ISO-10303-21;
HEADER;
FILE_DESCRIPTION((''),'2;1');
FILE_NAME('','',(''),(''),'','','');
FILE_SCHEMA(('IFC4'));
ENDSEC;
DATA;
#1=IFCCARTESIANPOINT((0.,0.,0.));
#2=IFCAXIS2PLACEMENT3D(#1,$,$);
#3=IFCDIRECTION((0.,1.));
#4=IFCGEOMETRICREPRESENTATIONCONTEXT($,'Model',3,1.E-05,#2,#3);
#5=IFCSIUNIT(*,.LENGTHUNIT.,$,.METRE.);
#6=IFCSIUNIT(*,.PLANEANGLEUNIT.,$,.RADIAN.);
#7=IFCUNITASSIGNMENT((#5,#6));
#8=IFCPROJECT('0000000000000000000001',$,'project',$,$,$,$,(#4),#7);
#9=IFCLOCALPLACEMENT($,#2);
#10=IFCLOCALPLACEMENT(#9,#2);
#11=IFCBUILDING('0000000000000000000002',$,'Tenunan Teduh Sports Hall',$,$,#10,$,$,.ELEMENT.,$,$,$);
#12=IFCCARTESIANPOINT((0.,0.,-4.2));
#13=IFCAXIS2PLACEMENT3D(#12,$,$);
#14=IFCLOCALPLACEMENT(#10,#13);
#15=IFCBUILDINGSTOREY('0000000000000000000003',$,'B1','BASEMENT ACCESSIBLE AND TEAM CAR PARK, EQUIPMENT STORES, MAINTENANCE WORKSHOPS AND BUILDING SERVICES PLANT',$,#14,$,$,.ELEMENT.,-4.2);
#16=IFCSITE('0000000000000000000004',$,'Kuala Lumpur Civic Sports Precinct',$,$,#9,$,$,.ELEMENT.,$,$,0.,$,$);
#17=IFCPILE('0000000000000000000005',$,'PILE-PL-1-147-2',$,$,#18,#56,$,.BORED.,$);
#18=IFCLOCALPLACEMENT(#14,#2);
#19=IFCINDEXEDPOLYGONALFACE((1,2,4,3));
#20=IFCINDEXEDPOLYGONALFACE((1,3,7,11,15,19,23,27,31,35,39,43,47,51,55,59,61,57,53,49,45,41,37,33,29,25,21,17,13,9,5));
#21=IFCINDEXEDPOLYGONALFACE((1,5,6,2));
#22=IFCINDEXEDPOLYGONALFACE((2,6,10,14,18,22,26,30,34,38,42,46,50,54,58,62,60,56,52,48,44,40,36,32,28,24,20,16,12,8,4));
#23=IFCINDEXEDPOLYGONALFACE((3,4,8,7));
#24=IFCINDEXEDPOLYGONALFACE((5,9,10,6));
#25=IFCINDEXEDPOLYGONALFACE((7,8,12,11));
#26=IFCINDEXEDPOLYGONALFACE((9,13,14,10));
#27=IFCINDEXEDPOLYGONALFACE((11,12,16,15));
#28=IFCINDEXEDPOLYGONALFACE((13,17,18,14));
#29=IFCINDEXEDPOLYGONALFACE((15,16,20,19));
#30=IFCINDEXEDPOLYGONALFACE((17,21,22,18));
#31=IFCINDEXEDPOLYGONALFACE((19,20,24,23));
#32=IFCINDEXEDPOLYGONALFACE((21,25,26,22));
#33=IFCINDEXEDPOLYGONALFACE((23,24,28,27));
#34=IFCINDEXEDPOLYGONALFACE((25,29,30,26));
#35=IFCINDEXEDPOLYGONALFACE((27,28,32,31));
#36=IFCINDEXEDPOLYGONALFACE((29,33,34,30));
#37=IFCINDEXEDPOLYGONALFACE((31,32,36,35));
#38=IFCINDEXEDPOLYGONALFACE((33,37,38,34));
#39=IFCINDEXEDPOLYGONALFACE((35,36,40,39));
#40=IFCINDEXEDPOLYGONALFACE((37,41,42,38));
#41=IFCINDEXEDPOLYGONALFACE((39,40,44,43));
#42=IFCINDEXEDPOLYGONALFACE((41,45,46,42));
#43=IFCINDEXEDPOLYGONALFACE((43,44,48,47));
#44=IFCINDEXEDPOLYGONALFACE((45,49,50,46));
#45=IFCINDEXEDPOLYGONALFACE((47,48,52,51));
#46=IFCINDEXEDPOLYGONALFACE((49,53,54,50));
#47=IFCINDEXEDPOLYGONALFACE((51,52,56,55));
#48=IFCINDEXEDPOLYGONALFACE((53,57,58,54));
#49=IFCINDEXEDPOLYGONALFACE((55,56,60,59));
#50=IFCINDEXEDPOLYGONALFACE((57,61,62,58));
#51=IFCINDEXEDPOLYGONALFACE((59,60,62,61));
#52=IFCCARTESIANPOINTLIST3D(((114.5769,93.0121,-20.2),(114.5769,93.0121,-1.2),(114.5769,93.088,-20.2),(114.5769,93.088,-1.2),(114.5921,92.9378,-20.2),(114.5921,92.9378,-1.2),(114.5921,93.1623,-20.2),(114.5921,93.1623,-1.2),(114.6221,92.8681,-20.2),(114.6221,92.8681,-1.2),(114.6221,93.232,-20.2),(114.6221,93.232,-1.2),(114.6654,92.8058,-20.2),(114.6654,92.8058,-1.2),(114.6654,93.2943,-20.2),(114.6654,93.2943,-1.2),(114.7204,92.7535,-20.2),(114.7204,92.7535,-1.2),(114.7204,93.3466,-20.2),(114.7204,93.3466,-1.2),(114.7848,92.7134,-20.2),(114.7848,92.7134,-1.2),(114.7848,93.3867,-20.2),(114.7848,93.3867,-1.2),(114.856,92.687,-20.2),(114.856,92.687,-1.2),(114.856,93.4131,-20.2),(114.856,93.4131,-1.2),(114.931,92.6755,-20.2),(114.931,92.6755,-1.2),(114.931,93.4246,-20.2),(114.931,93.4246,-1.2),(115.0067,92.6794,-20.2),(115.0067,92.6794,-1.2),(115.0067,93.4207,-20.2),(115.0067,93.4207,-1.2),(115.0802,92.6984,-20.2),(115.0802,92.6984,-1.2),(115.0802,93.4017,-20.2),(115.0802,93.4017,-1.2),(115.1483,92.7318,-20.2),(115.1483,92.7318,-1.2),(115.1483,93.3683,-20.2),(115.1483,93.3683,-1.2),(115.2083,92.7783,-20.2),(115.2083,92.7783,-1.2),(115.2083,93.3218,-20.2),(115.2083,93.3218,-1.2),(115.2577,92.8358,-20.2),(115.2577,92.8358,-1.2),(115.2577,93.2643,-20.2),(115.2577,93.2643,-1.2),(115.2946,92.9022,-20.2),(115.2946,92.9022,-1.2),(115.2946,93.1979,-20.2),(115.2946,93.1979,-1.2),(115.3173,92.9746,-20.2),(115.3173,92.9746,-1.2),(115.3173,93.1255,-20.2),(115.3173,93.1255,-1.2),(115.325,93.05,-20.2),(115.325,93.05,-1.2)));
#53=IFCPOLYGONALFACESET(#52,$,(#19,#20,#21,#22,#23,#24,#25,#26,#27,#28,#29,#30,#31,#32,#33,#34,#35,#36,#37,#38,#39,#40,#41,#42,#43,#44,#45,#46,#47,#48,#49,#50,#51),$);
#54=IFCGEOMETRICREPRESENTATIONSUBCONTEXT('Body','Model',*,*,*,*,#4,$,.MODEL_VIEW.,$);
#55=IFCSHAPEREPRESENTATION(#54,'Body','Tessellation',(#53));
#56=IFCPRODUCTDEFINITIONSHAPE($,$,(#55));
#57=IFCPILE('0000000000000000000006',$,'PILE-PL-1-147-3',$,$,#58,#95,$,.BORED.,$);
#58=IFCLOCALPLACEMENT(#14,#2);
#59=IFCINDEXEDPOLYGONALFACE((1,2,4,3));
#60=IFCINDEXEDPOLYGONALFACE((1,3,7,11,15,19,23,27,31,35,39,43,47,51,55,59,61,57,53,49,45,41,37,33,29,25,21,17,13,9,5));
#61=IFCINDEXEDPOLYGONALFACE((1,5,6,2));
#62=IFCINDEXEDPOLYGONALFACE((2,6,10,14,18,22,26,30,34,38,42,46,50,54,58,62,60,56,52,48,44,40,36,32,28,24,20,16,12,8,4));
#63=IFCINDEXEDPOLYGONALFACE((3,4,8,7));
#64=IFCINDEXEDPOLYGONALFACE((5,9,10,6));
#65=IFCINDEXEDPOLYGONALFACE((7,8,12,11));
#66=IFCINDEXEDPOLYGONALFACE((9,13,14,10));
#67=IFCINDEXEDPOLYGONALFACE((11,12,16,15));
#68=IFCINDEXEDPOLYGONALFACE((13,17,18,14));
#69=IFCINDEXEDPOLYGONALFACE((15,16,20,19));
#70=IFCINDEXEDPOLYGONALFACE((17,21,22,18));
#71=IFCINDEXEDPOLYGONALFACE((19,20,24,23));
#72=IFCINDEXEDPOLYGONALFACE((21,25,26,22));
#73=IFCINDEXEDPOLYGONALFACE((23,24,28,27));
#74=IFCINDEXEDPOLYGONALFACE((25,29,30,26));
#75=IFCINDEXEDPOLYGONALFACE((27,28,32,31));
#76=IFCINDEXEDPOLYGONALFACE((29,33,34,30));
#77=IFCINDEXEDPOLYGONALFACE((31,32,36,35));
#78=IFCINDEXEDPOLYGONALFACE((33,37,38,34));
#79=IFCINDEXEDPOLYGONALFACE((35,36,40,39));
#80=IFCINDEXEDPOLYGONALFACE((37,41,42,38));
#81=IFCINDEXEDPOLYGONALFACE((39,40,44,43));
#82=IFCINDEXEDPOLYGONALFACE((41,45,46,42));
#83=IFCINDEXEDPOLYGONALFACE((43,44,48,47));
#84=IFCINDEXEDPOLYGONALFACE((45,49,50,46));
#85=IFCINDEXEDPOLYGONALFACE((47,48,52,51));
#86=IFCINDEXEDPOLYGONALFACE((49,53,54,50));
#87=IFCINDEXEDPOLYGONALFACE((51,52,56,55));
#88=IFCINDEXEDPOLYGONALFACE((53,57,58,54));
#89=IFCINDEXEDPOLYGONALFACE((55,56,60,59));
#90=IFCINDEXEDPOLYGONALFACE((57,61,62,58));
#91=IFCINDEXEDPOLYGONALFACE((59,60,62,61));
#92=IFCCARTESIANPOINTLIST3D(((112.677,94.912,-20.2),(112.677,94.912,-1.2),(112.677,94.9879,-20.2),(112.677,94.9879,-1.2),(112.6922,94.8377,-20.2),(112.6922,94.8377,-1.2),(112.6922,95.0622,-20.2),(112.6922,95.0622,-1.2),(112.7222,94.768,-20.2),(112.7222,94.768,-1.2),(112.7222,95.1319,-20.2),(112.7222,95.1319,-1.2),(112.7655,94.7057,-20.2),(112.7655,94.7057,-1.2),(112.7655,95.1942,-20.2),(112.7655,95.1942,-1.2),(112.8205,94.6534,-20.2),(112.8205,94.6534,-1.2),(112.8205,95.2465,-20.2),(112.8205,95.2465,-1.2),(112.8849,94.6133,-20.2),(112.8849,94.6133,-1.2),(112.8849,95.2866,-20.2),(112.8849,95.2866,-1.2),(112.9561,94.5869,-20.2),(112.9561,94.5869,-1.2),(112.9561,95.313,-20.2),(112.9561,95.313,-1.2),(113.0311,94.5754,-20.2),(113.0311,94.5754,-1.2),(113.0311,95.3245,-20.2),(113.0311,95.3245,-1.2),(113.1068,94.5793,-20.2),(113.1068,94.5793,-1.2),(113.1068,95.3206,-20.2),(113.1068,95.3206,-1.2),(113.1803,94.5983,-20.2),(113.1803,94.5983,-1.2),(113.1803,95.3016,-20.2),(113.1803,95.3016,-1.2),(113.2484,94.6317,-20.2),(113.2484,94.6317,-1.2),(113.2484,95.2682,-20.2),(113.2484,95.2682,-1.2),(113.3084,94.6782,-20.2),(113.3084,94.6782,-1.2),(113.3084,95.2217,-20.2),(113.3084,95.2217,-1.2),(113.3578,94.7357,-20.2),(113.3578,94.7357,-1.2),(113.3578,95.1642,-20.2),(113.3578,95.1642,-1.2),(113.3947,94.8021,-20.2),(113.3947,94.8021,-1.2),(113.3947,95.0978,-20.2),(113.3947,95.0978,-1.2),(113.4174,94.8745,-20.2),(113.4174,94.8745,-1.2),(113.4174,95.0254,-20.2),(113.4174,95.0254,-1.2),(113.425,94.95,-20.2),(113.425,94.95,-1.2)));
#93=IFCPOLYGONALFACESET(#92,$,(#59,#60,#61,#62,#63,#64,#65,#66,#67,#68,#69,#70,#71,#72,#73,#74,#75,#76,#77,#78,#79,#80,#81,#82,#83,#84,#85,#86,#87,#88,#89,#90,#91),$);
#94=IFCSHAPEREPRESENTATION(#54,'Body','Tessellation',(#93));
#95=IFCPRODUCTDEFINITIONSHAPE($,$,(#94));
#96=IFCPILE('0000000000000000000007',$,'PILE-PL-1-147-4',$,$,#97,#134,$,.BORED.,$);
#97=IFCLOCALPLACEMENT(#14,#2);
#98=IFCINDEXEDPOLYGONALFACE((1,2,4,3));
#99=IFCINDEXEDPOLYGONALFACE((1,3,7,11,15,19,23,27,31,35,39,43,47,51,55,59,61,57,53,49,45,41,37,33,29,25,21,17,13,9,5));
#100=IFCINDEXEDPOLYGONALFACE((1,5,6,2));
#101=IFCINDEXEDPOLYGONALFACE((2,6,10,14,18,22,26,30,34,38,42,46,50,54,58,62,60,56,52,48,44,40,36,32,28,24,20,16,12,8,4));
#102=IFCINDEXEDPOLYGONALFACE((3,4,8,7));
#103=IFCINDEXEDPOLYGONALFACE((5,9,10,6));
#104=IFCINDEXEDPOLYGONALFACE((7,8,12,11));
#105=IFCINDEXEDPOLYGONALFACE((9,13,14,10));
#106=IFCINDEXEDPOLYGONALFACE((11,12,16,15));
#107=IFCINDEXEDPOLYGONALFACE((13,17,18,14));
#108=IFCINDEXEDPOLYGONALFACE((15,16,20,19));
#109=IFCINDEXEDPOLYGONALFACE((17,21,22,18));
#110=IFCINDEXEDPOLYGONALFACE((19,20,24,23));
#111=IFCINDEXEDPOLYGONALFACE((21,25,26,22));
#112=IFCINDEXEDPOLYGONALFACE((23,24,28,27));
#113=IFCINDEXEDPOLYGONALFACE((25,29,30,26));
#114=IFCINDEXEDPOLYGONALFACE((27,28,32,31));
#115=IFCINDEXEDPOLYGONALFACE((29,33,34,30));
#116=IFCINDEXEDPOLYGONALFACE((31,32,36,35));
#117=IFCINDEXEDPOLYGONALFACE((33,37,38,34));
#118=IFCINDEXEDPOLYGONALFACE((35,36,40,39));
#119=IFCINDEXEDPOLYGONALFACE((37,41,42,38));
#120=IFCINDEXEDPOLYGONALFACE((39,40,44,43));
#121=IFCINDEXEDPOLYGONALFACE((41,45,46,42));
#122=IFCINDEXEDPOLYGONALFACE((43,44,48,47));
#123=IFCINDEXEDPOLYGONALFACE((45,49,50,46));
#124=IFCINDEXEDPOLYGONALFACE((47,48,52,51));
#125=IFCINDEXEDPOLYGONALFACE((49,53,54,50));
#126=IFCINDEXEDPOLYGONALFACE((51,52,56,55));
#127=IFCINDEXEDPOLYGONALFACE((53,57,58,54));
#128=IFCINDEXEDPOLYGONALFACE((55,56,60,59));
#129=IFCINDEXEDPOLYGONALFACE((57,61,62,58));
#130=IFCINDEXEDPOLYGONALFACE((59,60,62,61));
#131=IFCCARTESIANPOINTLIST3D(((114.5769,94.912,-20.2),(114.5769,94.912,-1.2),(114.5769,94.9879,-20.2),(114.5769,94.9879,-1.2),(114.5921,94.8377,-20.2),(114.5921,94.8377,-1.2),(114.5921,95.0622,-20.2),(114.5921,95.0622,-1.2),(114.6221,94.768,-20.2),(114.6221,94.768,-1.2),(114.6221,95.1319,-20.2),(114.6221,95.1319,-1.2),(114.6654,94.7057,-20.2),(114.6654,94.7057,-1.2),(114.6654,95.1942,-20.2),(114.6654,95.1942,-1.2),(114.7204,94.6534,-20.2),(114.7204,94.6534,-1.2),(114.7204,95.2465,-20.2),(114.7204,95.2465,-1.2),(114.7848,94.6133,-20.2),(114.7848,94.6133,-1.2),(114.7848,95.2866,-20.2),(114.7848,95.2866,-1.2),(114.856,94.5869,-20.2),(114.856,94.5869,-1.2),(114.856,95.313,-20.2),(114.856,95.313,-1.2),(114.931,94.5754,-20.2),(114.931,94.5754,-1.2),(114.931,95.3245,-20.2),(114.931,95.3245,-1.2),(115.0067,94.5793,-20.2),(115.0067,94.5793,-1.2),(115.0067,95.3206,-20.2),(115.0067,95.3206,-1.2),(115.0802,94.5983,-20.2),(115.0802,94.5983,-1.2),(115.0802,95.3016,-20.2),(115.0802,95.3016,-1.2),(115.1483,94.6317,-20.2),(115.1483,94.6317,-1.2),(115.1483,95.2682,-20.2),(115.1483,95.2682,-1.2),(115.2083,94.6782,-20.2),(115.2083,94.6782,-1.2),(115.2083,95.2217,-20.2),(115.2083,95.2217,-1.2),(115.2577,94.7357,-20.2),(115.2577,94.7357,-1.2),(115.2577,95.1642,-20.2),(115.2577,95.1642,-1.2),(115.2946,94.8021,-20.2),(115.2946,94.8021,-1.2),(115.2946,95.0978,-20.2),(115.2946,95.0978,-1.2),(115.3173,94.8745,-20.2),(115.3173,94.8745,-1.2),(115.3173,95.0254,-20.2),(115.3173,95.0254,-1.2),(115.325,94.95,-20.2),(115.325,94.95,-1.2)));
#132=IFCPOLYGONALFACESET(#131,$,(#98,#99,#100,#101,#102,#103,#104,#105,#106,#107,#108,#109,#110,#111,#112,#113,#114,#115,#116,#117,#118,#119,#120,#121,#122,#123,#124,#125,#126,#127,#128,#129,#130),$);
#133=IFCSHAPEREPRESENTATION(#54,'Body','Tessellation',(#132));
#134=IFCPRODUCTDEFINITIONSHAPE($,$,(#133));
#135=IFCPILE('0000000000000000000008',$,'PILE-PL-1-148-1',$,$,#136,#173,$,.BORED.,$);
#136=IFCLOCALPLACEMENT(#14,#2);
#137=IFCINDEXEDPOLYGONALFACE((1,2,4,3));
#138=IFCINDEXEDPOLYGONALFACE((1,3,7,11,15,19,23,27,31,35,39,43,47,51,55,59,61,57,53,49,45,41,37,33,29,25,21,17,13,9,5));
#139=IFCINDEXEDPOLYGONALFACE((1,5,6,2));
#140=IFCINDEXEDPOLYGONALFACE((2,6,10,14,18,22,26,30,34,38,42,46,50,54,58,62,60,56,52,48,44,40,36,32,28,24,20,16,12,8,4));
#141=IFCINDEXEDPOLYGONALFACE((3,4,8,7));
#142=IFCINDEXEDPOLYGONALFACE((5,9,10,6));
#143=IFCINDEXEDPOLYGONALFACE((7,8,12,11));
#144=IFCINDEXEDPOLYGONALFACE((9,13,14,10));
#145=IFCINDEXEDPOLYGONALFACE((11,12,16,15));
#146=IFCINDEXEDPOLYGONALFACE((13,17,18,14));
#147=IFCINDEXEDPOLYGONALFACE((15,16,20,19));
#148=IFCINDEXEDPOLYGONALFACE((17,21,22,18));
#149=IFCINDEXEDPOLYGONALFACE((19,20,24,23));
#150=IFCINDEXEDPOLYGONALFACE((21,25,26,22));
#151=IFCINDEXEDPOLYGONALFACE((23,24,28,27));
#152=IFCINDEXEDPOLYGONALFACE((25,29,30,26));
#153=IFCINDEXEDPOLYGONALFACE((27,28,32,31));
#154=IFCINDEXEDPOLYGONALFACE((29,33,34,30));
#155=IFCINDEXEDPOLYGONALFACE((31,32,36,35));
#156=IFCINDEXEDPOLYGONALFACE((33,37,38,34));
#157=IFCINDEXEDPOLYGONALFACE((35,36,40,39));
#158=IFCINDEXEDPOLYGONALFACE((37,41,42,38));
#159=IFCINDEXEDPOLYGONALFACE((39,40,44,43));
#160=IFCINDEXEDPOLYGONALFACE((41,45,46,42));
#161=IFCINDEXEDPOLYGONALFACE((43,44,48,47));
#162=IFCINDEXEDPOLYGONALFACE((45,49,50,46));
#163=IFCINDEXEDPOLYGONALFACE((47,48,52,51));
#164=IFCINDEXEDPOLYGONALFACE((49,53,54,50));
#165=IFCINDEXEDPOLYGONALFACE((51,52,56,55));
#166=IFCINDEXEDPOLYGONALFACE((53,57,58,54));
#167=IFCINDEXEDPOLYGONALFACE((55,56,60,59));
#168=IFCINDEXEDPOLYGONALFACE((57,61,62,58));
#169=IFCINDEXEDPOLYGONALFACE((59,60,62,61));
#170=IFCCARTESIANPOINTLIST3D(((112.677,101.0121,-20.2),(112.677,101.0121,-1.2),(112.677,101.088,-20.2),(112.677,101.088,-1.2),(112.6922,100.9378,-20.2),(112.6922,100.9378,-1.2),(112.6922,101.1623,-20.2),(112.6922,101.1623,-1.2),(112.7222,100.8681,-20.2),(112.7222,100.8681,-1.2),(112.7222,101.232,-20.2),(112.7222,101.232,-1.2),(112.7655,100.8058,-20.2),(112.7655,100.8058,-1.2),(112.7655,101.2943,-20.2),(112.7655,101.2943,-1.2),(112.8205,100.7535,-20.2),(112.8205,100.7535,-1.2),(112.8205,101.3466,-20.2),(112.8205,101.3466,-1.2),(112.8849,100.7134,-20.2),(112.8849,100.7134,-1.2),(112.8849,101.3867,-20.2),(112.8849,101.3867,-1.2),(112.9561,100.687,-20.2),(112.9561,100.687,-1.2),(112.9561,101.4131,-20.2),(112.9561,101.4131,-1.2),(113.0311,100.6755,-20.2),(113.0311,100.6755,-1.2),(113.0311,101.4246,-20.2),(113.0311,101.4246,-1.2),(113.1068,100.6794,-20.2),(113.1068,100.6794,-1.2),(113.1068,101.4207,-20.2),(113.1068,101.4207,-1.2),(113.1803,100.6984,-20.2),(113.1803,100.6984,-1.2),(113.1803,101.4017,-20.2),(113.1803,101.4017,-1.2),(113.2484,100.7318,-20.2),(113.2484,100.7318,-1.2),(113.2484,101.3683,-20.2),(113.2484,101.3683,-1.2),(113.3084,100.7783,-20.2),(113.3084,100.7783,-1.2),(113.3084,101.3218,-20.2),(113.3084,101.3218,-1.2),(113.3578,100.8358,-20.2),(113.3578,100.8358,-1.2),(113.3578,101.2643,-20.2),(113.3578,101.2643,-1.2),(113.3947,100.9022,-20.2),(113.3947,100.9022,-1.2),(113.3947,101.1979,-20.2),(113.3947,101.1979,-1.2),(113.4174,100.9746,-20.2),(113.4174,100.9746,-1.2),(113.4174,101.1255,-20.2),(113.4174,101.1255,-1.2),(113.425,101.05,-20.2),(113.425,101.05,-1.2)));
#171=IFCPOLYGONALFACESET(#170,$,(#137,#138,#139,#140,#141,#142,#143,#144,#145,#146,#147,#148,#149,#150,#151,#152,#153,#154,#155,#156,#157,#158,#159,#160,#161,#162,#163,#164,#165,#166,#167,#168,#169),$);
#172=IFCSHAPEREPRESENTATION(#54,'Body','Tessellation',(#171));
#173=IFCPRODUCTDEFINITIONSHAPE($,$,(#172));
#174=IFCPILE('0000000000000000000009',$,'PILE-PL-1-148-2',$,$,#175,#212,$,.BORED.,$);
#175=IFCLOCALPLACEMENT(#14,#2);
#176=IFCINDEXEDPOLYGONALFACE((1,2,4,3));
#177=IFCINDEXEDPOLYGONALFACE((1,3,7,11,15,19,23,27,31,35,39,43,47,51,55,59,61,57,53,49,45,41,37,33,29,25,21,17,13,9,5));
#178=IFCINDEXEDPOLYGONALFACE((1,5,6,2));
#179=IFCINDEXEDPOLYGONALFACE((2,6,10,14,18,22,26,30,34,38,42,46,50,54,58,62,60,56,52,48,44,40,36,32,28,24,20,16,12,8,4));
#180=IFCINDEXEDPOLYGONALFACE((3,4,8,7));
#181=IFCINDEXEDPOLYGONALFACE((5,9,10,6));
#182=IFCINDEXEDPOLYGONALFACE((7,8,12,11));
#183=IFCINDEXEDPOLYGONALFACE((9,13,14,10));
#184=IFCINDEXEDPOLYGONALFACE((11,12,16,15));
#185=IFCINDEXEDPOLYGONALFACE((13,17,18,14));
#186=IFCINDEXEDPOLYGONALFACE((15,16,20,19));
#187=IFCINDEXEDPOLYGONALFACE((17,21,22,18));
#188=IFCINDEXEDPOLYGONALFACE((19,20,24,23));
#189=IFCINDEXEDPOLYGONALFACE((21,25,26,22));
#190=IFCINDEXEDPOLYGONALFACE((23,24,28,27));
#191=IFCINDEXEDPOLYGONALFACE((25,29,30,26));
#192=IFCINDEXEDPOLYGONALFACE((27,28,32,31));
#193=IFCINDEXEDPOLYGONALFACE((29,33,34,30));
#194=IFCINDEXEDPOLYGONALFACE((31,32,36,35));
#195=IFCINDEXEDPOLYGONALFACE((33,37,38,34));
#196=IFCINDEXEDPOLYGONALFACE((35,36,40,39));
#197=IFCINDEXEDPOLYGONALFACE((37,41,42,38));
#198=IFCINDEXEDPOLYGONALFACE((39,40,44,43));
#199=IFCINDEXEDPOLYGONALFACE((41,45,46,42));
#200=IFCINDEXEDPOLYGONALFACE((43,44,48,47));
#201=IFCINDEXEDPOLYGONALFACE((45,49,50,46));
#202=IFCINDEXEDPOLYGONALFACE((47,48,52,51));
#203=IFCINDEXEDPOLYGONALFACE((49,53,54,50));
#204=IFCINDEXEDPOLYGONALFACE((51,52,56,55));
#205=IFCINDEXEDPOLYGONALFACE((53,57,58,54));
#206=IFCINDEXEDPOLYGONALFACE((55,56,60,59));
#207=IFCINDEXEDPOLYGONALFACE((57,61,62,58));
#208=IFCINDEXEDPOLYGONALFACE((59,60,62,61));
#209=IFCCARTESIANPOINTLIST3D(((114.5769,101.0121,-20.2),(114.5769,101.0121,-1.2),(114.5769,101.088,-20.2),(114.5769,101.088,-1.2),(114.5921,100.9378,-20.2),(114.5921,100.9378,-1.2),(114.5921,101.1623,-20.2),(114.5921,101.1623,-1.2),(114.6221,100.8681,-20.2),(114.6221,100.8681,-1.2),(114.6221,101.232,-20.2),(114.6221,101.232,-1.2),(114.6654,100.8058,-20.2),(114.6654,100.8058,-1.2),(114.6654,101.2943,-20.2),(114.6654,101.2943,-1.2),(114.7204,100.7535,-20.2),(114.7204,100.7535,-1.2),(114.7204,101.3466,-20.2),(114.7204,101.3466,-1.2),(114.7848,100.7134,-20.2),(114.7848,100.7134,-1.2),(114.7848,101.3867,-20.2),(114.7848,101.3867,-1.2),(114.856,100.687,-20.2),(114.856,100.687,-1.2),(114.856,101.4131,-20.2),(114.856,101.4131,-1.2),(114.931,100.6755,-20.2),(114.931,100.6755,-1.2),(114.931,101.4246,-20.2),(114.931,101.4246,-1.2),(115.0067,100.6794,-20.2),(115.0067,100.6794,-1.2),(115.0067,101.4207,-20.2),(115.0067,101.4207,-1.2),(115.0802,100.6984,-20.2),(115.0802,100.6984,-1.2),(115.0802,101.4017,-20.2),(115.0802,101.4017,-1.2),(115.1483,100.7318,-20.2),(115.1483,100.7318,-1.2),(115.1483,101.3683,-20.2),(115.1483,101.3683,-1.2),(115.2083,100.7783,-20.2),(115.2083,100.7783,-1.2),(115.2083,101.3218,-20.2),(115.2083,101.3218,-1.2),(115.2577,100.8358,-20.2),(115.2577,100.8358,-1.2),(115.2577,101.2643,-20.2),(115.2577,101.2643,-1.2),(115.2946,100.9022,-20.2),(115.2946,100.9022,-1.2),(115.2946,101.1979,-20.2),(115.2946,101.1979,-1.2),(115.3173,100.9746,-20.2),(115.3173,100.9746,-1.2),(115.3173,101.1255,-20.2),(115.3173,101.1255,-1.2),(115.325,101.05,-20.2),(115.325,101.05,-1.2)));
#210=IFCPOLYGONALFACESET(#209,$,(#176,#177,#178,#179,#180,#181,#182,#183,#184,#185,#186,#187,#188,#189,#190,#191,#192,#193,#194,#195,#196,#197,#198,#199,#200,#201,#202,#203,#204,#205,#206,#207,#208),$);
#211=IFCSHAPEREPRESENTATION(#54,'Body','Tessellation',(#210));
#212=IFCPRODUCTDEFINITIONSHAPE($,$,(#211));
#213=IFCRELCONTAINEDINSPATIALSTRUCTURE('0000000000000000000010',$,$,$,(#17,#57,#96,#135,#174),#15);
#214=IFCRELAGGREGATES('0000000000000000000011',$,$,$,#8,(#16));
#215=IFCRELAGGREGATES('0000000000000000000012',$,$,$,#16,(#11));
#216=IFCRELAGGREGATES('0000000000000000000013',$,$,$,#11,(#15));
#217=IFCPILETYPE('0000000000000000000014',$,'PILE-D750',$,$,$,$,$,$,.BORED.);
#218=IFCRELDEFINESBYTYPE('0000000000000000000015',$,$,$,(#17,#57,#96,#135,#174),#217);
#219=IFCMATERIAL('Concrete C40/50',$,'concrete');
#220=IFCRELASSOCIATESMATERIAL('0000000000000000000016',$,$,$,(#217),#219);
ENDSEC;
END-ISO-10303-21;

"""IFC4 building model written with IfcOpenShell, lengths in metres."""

from ifc_helpers import new_model, si_unit, direction, frame, origin, origin_2d, place, context, subcontext, project, spatial, circle, extrude, material, material_profile, profile_set, type_object, element, save


model = new_model("IFC4")

# Units and contexts
model_context = context("Model", 3, precision=1e-05, world=origin(), true_north=direction((0.0, 1.0)))
body_context = subcontext(model_context, "Body", "Model", "MODEL_VIEW")
ifc_project = project(units=[si_unit("LENGTHUNIT", "METRE"), si_unit("PLANEANGLEUNIT", "RADIAN")], contexts=[model_context])

# Site, building, storey
site_placement = place(None, origin())
site = spatial("IfcSite", under=ifc_project, at=site_placement, Name="Kuala Lumpur Civic Sports Precinct", CompositionType="ELEMENT", RefElevation=0.0)
building_placement = place(site_placement, origin())
building = spatial("IfcBuilding", under=site, at=building_placement, Name="Tenunan Teduh Sports Hall", CompositionType="ELEMENT")
storey_placement = place(building_placement, frame((0.0, 0.0, -4.2)))
storey = spatial("IfcBuildingStorey", under=building, at=storey_placement, Name="B1", Description="BASEMENT ACCESSIBLE AND TEAM CAR PARK, EQUIPMENT STORES, MAINTENANCE WORKSHOPS AND BUILDING SERVICES PLANT", CompositionType="ELEMENT", Elevation=-4.2)

# Piles
ifc_material_1 = material(Name="Concrete C40/50", Category="concrete")
ifc_material_profile_1 = material_profile(ifc_material_1, circle(Radius=0.375, at=origin_2d()), Name="PILE D750")
ifc_profile_set_1 = profile_set([ifc_material_profile_1], Name="Concrete C40/50")
pile_type = type_object("IfcPileType", Name="PILE-D750", PredefinedType="BORED", material=ifc_profile_set_1)
for number, where, z_axis, x_axis, name in (
    (1, (114.95, 93.05, -1.2), (0.0, 0.0, -1.0), (1.0, 0.0, 0.0), "PILE-PL-1-147-2"),
    (2, (113.05, 94.95, -1.2), (0.0, 0.0, -1.0), (1.0, 0.0, 0.0), "PILE-PL-1-147-3"),
    (3, (114.95, 94.95, -1.2), (0.0, 0.0, -1.0), (1.0, 0.0, 0.0), "PILE-PL-1-147-4"),
    (4, (113.05, 101.05, -1.2), (0.0, 0.0, -1.0), (1.0, 0.0, 0.0), "PILE-PL-1-148-1"),
    (5, (114.95, 101.05, -1.2), (0.0, 0.0, -1.0), (1.0, 0.0, 0.0), "PILE-PL-1-148-2"),
):
    element("IfcPile", number, at=place(storey_placement, frame(where, z_axis=z_axis, x_axis=x_axis)), inside=storey, type_object=pile_type, Name=name, PredefinedType="BORED", context=body_context, shape_type="SweptSolid", body=[
        extrude(circle(Radius=0.375, at=origin_2d()), origin(), (0.0, 0.0, 1.0), 19.0),
    ])

save(model, "model.ifc")
